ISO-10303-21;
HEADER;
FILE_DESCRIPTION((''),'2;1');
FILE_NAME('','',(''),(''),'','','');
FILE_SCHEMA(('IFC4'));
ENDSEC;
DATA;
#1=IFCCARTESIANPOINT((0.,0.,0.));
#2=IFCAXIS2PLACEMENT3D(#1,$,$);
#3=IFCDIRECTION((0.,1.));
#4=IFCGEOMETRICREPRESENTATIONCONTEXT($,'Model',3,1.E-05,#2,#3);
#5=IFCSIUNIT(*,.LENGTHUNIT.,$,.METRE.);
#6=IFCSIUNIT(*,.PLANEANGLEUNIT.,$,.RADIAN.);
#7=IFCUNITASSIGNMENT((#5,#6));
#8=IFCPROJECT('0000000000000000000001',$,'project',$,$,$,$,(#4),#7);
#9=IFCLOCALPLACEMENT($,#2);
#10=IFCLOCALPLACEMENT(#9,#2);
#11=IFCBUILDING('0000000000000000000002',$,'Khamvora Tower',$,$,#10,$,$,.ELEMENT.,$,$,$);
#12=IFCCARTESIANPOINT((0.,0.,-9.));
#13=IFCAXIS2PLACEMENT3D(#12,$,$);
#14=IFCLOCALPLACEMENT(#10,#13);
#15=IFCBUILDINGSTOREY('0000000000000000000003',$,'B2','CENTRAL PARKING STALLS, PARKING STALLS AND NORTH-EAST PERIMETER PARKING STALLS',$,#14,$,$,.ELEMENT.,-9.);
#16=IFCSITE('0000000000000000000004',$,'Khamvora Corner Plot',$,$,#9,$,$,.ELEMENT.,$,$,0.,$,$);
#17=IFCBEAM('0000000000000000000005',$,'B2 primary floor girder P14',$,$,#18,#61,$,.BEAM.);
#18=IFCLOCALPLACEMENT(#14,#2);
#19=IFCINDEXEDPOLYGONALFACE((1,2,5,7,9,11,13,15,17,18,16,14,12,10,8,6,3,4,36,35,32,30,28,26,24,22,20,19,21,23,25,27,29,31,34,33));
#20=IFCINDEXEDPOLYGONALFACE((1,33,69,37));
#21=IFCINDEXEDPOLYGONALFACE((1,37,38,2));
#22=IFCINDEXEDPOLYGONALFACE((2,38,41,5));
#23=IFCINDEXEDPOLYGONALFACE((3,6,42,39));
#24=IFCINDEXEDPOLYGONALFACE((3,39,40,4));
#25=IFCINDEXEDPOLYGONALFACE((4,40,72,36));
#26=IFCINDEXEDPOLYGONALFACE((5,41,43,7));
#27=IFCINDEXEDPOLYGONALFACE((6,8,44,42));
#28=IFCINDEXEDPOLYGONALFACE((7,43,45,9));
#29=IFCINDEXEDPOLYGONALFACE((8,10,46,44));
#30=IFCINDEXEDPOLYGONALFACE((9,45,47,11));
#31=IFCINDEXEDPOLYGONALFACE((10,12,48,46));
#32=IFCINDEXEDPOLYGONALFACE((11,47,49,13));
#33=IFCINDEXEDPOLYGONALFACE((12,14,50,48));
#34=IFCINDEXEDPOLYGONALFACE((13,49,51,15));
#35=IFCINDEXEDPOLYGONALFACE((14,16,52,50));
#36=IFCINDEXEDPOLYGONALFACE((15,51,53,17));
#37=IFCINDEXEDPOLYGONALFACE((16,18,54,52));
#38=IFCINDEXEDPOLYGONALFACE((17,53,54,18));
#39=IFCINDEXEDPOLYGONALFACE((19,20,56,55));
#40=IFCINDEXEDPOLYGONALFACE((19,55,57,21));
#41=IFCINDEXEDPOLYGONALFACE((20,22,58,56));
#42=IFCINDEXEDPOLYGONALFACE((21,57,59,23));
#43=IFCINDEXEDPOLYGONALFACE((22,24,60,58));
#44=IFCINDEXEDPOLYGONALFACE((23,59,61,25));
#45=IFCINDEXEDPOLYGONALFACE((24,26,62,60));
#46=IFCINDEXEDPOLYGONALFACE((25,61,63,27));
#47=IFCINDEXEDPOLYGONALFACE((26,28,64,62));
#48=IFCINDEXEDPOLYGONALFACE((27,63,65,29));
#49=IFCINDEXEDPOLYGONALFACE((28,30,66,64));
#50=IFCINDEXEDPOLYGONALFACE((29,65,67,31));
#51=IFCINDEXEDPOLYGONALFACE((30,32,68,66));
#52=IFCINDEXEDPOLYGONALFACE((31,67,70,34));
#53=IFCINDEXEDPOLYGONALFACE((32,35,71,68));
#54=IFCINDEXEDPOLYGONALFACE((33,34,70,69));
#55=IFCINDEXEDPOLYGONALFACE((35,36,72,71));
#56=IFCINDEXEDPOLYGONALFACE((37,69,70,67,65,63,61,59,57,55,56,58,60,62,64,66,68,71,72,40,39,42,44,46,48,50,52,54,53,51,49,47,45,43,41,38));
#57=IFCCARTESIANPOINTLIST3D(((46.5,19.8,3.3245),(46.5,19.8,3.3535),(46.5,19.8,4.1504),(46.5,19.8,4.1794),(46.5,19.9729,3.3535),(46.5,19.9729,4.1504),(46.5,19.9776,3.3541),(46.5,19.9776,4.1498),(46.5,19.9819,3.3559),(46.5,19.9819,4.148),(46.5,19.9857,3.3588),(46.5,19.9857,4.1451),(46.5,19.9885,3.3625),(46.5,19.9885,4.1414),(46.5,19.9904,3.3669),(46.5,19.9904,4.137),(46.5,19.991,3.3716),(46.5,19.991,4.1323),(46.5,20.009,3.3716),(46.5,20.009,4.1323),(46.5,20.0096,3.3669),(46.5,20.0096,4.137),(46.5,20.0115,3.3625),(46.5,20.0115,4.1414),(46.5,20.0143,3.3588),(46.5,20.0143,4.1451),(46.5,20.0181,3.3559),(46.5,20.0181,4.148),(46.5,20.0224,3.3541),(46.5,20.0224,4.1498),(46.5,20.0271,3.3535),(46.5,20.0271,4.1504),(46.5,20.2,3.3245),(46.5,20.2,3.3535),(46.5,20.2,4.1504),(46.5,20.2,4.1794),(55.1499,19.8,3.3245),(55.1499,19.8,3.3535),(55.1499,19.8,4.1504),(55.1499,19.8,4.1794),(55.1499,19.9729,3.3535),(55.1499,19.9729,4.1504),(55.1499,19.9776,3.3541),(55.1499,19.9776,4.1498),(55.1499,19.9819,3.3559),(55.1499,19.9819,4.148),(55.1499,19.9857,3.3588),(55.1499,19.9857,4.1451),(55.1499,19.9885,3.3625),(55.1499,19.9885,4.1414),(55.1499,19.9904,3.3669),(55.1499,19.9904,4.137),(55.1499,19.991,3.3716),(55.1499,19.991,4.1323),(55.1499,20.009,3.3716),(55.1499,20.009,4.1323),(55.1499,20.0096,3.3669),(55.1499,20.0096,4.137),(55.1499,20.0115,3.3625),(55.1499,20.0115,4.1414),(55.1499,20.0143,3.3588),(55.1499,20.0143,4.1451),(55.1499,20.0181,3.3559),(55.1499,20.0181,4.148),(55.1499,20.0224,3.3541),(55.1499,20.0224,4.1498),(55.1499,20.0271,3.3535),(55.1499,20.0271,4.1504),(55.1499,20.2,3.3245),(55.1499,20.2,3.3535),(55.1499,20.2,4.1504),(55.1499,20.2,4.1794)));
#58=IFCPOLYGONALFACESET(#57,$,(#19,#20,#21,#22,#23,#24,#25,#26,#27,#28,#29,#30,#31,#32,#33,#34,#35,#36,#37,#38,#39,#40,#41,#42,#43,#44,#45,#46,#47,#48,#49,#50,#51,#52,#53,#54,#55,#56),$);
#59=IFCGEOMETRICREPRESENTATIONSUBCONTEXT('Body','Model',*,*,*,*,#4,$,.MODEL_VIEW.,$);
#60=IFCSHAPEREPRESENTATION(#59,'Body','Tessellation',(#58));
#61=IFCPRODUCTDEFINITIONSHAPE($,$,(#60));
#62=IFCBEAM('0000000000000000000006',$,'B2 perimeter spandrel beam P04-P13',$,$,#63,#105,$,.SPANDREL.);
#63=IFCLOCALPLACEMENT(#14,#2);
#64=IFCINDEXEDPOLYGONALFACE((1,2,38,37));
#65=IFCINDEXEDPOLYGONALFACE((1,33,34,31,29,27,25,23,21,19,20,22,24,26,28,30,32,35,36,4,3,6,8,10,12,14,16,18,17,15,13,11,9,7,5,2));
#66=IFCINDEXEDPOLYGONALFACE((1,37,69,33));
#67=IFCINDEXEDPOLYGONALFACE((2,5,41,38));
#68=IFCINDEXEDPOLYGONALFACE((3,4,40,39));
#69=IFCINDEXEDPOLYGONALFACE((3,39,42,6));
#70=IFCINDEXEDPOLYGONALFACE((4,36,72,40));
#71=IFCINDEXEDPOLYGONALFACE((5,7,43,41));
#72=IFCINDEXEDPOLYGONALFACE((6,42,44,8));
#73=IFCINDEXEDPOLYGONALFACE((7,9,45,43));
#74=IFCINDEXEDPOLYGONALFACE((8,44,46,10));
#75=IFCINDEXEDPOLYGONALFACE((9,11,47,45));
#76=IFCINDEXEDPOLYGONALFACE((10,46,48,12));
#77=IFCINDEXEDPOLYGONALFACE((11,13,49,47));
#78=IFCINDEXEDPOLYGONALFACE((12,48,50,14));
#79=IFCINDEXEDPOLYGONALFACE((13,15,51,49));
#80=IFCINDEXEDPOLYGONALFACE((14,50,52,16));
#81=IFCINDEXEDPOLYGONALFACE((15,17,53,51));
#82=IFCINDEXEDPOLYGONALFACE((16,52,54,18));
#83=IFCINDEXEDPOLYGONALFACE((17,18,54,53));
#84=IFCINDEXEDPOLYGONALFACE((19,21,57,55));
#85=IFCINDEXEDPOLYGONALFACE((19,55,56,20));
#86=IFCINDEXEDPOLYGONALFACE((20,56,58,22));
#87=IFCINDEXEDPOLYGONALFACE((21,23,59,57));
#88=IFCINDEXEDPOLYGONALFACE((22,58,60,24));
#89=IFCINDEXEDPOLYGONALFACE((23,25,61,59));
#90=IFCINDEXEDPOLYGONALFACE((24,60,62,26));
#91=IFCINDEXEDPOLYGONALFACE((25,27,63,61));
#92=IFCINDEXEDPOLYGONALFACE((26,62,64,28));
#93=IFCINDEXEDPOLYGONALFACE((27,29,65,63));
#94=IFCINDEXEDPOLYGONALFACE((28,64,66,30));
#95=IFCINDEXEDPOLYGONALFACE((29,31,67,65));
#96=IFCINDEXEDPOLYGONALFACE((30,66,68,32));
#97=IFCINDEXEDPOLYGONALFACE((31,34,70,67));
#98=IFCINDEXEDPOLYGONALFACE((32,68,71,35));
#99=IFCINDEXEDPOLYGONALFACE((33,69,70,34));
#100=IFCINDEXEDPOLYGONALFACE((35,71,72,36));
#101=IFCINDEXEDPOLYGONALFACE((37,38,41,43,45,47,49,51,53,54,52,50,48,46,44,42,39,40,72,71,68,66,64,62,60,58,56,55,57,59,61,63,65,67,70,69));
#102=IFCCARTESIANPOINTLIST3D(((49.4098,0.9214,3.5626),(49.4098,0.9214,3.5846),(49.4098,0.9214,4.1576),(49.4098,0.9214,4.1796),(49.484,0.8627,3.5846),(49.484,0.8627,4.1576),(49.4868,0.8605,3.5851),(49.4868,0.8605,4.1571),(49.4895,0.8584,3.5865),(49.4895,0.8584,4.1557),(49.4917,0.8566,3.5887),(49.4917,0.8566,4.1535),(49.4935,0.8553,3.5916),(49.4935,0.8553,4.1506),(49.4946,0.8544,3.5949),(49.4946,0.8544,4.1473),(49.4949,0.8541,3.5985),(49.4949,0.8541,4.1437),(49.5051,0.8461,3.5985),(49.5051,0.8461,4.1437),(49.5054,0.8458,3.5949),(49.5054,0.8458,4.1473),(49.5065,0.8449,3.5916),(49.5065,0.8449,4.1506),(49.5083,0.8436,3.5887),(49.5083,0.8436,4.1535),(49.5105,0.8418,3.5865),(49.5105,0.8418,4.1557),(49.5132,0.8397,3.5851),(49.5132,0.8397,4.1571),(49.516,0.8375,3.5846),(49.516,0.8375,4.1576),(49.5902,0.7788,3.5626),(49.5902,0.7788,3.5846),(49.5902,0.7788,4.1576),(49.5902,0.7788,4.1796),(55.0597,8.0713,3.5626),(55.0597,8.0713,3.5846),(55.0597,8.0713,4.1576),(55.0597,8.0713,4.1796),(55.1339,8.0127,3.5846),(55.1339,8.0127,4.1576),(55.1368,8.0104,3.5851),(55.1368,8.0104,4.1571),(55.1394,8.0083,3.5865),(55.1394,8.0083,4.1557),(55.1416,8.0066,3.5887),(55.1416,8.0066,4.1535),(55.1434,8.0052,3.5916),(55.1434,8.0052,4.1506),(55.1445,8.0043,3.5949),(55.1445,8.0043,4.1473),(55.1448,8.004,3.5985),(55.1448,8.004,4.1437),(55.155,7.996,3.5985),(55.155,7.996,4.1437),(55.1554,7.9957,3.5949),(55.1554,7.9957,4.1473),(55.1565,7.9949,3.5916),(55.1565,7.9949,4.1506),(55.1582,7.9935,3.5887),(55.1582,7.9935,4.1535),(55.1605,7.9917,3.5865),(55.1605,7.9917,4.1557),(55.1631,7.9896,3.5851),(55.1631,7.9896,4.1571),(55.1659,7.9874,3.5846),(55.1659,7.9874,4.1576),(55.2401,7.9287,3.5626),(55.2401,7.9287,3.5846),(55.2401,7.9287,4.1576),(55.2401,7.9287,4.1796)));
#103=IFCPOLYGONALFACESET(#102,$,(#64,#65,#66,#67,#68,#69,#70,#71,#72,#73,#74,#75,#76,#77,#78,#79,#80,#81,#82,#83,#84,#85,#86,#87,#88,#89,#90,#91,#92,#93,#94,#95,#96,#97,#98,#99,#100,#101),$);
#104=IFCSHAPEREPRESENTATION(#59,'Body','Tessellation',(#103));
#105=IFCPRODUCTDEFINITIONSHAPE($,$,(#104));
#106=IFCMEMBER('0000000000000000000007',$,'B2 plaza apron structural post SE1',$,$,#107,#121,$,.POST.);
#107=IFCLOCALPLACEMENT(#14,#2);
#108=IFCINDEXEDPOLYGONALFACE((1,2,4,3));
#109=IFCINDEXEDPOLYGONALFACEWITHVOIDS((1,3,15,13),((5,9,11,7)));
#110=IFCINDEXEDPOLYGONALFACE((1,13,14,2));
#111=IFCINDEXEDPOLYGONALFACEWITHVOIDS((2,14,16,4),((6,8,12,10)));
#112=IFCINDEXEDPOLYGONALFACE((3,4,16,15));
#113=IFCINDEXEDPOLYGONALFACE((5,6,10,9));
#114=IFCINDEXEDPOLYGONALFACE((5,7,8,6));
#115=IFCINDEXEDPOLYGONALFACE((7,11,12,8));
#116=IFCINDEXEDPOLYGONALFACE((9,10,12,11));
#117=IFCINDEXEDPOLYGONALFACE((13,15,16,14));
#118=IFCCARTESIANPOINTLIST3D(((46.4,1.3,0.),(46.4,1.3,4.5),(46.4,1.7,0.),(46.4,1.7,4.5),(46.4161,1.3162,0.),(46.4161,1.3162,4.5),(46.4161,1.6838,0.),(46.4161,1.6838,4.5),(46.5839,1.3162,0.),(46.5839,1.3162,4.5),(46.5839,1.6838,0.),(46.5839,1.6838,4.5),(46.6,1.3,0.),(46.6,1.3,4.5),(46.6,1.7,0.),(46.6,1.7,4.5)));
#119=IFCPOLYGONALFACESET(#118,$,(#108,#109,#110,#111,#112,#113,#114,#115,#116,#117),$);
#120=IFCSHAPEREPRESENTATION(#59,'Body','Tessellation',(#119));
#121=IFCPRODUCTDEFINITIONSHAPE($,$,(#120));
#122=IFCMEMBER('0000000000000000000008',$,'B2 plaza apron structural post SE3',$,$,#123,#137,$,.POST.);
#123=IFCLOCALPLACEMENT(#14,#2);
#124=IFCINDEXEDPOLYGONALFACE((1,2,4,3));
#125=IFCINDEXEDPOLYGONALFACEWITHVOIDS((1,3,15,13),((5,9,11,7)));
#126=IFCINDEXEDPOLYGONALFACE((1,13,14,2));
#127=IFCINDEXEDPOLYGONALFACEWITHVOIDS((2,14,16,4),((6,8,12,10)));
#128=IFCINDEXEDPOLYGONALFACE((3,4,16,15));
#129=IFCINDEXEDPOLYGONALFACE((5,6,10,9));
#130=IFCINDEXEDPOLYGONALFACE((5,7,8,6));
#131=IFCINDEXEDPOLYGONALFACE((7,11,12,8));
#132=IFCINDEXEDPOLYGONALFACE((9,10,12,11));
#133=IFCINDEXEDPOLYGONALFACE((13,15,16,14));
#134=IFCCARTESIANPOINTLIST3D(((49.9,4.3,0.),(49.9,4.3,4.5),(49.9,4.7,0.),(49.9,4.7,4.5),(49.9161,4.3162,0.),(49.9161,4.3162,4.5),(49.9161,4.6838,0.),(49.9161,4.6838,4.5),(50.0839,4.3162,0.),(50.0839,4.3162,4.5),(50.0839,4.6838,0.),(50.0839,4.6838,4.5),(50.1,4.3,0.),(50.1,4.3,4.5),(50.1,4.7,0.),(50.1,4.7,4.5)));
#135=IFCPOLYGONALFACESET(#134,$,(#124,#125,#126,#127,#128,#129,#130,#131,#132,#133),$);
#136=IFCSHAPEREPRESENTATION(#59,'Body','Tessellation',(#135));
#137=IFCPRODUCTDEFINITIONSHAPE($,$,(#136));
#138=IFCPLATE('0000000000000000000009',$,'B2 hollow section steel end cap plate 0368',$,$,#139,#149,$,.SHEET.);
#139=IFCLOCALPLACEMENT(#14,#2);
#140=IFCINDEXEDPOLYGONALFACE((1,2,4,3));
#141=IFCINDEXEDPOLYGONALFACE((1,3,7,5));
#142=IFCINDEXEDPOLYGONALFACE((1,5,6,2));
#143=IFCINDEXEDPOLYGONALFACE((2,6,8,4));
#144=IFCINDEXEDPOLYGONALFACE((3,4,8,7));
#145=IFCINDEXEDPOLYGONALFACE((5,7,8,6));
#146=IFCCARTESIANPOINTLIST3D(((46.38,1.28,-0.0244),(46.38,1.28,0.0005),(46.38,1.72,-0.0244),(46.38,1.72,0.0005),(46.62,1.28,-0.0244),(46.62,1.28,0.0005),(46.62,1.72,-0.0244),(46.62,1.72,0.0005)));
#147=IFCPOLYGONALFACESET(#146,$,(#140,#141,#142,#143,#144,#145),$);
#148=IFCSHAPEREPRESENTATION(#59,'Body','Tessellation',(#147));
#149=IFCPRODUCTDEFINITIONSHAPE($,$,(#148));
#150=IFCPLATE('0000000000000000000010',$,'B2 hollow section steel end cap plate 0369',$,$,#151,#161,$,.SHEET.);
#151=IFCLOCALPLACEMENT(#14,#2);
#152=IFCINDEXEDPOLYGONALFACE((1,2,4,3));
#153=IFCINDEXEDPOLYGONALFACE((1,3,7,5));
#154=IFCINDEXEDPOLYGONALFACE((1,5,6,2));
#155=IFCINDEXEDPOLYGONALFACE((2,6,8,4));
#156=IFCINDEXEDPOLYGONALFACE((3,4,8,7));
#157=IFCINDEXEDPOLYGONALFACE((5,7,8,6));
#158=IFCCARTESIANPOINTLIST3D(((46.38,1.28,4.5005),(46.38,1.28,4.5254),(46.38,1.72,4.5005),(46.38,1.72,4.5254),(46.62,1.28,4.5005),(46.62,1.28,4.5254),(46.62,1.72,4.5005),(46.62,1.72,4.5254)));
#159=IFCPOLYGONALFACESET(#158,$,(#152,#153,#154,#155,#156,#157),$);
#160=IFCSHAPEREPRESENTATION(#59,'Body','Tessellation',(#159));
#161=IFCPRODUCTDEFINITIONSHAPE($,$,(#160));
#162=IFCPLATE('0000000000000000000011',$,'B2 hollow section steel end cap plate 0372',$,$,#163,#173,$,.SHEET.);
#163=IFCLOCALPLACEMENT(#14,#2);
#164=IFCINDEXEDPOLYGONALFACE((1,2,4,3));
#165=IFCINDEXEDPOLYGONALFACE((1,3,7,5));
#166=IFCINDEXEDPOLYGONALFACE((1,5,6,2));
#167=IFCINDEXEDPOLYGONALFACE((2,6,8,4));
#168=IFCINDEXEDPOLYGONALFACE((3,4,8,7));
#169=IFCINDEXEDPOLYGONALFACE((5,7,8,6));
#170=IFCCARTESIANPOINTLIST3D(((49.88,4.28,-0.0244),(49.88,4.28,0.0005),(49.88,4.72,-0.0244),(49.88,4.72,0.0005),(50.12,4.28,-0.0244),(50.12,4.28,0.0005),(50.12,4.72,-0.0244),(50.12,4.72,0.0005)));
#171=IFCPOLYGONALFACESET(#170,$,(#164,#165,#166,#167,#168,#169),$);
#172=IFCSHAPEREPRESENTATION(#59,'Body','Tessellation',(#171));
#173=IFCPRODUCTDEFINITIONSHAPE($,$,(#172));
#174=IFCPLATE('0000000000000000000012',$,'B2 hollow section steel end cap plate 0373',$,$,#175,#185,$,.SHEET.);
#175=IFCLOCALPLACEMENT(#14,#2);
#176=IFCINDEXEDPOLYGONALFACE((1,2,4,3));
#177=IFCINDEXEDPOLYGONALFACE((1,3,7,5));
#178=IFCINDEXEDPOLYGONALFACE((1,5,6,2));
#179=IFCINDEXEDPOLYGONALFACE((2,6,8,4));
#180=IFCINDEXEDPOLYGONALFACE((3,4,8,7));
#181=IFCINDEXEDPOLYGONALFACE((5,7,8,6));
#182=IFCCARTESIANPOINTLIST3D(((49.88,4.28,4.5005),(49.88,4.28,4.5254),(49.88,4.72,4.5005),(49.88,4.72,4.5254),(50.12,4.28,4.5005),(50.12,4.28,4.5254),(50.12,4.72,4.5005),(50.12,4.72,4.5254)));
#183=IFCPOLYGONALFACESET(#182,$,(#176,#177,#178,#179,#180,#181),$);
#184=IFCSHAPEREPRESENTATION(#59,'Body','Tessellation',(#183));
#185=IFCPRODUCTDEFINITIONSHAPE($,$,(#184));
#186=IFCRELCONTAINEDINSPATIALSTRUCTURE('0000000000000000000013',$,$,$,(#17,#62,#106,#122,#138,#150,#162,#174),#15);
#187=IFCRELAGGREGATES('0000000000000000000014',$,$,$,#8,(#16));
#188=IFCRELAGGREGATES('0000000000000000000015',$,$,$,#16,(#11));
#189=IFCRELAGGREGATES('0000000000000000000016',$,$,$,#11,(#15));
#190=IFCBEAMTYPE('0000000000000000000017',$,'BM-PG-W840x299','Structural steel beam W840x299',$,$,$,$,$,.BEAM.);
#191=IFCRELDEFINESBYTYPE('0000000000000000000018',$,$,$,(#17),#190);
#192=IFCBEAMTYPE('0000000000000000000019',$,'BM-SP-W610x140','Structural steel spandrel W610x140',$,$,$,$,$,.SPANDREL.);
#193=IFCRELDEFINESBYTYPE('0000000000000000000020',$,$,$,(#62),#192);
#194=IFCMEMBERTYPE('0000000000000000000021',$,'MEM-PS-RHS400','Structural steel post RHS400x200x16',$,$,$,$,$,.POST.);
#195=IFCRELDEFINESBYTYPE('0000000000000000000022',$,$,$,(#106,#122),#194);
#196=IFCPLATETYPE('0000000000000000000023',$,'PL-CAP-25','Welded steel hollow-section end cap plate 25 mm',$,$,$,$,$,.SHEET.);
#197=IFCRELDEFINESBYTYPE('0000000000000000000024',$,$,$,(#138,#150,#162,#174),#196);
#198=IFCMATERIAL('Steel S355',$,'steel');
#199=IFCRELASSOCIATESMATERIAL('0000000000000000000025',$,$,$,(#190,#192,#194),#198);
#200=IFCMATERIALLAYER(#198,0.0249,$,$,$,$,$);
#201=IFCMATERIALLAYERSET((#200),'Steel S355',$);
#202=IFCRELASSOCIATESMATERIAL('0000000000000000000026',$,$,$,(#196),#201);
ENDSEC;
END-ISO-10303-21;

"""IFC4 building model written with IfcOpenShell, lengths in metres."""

from ifc_helpers import new_model, si_unit, direction, frame, origin, origin_2d, place, context, subcontext, project, spatial, rectangle, hollow_rectangle, i_section, extrude, material, layer, layer_set, material_profile, profile_set, type_object, element, save


model = new_model("IFC4")

# Units and contexts
model_context = context("Model", 3, precision=1e-05, world=origin(), true_north=direction((0.0, 1.0)))
body_context = subcontext(model_context, "Body", "Model", "MODEL_VIEW")
ifc_project = project(units=[si_unit("LENGTHUNIT", "METRE"), si_unit("PLANEANGLEUNIT", "RADIAN")], contexts=[model_context])

# Site, building, storey
site_placement = place(None, origin())
site = spatial("IfcSite", under=ifc_project, at=site_placement, Name="Khamvora Corner Plot", CompositionType="ELEMENT", RefElevation=0.0)
building_placement = place(site_placement, origin())
building = spatial("IfcBuilding", under=site, at=building_placement, Name="Khamvora Tower", CompositionType="ELEMENT")
storey_placement = place(building_placement, frame((0.0, 0.0, -9.0)))
storey = spatial("IfcBuildingStorey", under=building, at=storey_placement, Name="B2", Description="CENTRAL PARKING STALLS, PARKING STALLS AND NORTH-EAST PERIMETER PARKING STALLS", CompositionType="ELEMENT", Elevation=-9.0)

# Shared definitions
ifc_material_1 = material(Name="Steel S355", Category="steel")

# Beams
ifc_material_profile_1 = material_profile(ifc_material_1, i_section(OverallWidth=0.3999, OverallDepth=0.855, WebThickness=0.0181, FlangeThickness=0.0291, FilletRadius=0.0181, at=origin_2d()), Name="W840x299")
ifc_profile_set_1 = profile_set([ifc_material_profile_1], Name="Steel S355")
beam_type_1 = type_object("IfcBeamType", Name="BM-PG-W840x299", Description="Structural steel beam W840x299", PredefinedType="BEAM", material=ifc_profile_set_1)
beam_1_placement = place(storey_placement, frame((46.5, 20.0, 3.752), z_axis=(1.0, 0.0, 0.0), x_axis=(0.0, 1.0, 0.0)))
element("IfcBeam", 1, at=beam_1_placement, inside=storey, type_object=beam_type_1, Name="B2 primary floor girder P14", PredefinedType="BEAM", context=body_context, shape_type="SweptSolid", body=[
    extrude(i_section(OverallWidth=0.3999, OverallDepth=0.855, WebThickness=0.0181, FlangeThickness=0.0291, FilletRadius=0.0181, at=origin_2d()), origin(), (0.0, 0.0, 1.0), 8.6499),
])
ifc_material_profile_2 = material_profile(ifc_material_1, i_section(OverallWidth=0.23, OverallDepth=0.6169, WebThickness=0.0129, FlangeThickness=0.022, FilletRadius=0.0139, at=origin_2d()), Name="W610x140")
ifc_profile_set_2 = profile_set([ifc_material_profile_2], Name="Steel S355")
beam_type_2 = type_object("IfcBeamType", Name="BM-SP-W610x140", Description="Structural steel spandrel W610x140", PredefinedType="SPANDREL", material=ifc_profile_set_2)
beam_2_placement = place(storey_placement, frame((49.5, 0.8501, 3.8711), z_axis=(0.619999, 0.784603, 0.0), x_axis=(-0.784603, 0.619999, 0.0)))
element("IfcBeam", 2, at=beam_2_placement, inside=storey, type_object=beam_type_2, Name="B2 perimeter spandrel beam P04-P13", PredefinedType="SPANDREL", context=body_context, shape_type="SweptSolid", body=[
    extrude(i_section(OverallWidth=0.23, OverallDepth=0.6169, WebThickness=0.0129, FlangeThickness=0.022, FilletRadius=0.0139, at=origin_2d()), origin(), (0.0, 0.0, 1.0), 9.1128),
])

# Members
ifc_material_profile_3 = material_profile(ifc_material_1, hollow_rectangle(XDim=0.2, YDim=0.3999, WallThickness=0.0161, at=origin_2d()), Name="RHS400x200x16")
ifc_profile_set_3 = profile_set([ifc_material_profile_3], Name="Steel S355")
member_type = type_object("IfcMemberType", Name="MEM-PS-RHS400", Description="Structural steel post RHS400x200x16", PredefinedType="POST", material=ifc_profile_set_3)
for number, where, z_axis, x_axis, name in (
    (3, (46.5, 1.5, 0.0), (0.0, 0.0, 1.0), (1.0, 0.0, 0.0), "B2 plaza apron structural post SE1"),
    (4, (50.0, 4.5, 0.0), (0.0, 0.0, 1.0), (1.0, 0.0, 0.0), "B2 plaza apron structural post SE3"),
):
    element("IfcMember", number, at=place(storey_placement, frame(where, z_axis=z_axis, x_axis=x_axis)), inside=storey, type_object=member_type, Name=name, PredefinedType="POST", context=body_context, shape_type="SweptSolid", body=[
        extrude(hollow_rectangle(XDim=0.2, YDim=0.3999, WallThickness=0.0161, at=origin_2d()), origin(), (0.0, 0.0, 1.0), 4.5),
    ])

# Plates
ifc_layer_1 = layer(ifc_material_1, 0.0249)
ifc_layer_set_1 = layer_set([ifc_layer_1], Name="Steel S355")
plate_type = type_object("IfcPlateType", Name="PL-CAP-25", Description="Welded steel hollow-section end cap plate 25 mm", PredefinedType="SHEET", material=ifc_layer_set_1)
for number, where, z_axis, x_axis, name in (
    (5, (46.5, 1.5, -0.0244), (0.0, 0.0, 1.0), (1.0, 0.0, 0.0), "B2 hollow section steel end cap plate 0368"),
    (6, (46.5, 1.5, 4.5005), (0.0, 0.0, 1.0), (1.0, 0.0, 0.0), "B2 hollow section steel end cap plate 0369"),
    (7, (50.0, 4.5, -0.0244), (0.0, 0.0, 1.0), (1.0, 0.0, 0.0), "B2 hollow section steel end cap plate 0372"),
    (8, (50.0, 4.5, 4.5005), (0.0, 0.0, 1.0), (1.0, 0.0, 0.0), "B2 hollow section steel end cap plate 0373"),
):
    element("IfcPlate", number, at=place(storey_placement, frame(where, z_axis=z_axis, x_axis=x_axis)), inside=storey, type_object=plate_type, Name=name, PredefinedType="SHEET", context=body_context, shape_type="SweptSolid", body=[
        extrude(rectangle(XDim=0.24, YDim=0.4399, at=origin_2d()), origin(), (0.0, 0.0, 1.0), 0.0249),
    ])

save(model, "model.ifc")
